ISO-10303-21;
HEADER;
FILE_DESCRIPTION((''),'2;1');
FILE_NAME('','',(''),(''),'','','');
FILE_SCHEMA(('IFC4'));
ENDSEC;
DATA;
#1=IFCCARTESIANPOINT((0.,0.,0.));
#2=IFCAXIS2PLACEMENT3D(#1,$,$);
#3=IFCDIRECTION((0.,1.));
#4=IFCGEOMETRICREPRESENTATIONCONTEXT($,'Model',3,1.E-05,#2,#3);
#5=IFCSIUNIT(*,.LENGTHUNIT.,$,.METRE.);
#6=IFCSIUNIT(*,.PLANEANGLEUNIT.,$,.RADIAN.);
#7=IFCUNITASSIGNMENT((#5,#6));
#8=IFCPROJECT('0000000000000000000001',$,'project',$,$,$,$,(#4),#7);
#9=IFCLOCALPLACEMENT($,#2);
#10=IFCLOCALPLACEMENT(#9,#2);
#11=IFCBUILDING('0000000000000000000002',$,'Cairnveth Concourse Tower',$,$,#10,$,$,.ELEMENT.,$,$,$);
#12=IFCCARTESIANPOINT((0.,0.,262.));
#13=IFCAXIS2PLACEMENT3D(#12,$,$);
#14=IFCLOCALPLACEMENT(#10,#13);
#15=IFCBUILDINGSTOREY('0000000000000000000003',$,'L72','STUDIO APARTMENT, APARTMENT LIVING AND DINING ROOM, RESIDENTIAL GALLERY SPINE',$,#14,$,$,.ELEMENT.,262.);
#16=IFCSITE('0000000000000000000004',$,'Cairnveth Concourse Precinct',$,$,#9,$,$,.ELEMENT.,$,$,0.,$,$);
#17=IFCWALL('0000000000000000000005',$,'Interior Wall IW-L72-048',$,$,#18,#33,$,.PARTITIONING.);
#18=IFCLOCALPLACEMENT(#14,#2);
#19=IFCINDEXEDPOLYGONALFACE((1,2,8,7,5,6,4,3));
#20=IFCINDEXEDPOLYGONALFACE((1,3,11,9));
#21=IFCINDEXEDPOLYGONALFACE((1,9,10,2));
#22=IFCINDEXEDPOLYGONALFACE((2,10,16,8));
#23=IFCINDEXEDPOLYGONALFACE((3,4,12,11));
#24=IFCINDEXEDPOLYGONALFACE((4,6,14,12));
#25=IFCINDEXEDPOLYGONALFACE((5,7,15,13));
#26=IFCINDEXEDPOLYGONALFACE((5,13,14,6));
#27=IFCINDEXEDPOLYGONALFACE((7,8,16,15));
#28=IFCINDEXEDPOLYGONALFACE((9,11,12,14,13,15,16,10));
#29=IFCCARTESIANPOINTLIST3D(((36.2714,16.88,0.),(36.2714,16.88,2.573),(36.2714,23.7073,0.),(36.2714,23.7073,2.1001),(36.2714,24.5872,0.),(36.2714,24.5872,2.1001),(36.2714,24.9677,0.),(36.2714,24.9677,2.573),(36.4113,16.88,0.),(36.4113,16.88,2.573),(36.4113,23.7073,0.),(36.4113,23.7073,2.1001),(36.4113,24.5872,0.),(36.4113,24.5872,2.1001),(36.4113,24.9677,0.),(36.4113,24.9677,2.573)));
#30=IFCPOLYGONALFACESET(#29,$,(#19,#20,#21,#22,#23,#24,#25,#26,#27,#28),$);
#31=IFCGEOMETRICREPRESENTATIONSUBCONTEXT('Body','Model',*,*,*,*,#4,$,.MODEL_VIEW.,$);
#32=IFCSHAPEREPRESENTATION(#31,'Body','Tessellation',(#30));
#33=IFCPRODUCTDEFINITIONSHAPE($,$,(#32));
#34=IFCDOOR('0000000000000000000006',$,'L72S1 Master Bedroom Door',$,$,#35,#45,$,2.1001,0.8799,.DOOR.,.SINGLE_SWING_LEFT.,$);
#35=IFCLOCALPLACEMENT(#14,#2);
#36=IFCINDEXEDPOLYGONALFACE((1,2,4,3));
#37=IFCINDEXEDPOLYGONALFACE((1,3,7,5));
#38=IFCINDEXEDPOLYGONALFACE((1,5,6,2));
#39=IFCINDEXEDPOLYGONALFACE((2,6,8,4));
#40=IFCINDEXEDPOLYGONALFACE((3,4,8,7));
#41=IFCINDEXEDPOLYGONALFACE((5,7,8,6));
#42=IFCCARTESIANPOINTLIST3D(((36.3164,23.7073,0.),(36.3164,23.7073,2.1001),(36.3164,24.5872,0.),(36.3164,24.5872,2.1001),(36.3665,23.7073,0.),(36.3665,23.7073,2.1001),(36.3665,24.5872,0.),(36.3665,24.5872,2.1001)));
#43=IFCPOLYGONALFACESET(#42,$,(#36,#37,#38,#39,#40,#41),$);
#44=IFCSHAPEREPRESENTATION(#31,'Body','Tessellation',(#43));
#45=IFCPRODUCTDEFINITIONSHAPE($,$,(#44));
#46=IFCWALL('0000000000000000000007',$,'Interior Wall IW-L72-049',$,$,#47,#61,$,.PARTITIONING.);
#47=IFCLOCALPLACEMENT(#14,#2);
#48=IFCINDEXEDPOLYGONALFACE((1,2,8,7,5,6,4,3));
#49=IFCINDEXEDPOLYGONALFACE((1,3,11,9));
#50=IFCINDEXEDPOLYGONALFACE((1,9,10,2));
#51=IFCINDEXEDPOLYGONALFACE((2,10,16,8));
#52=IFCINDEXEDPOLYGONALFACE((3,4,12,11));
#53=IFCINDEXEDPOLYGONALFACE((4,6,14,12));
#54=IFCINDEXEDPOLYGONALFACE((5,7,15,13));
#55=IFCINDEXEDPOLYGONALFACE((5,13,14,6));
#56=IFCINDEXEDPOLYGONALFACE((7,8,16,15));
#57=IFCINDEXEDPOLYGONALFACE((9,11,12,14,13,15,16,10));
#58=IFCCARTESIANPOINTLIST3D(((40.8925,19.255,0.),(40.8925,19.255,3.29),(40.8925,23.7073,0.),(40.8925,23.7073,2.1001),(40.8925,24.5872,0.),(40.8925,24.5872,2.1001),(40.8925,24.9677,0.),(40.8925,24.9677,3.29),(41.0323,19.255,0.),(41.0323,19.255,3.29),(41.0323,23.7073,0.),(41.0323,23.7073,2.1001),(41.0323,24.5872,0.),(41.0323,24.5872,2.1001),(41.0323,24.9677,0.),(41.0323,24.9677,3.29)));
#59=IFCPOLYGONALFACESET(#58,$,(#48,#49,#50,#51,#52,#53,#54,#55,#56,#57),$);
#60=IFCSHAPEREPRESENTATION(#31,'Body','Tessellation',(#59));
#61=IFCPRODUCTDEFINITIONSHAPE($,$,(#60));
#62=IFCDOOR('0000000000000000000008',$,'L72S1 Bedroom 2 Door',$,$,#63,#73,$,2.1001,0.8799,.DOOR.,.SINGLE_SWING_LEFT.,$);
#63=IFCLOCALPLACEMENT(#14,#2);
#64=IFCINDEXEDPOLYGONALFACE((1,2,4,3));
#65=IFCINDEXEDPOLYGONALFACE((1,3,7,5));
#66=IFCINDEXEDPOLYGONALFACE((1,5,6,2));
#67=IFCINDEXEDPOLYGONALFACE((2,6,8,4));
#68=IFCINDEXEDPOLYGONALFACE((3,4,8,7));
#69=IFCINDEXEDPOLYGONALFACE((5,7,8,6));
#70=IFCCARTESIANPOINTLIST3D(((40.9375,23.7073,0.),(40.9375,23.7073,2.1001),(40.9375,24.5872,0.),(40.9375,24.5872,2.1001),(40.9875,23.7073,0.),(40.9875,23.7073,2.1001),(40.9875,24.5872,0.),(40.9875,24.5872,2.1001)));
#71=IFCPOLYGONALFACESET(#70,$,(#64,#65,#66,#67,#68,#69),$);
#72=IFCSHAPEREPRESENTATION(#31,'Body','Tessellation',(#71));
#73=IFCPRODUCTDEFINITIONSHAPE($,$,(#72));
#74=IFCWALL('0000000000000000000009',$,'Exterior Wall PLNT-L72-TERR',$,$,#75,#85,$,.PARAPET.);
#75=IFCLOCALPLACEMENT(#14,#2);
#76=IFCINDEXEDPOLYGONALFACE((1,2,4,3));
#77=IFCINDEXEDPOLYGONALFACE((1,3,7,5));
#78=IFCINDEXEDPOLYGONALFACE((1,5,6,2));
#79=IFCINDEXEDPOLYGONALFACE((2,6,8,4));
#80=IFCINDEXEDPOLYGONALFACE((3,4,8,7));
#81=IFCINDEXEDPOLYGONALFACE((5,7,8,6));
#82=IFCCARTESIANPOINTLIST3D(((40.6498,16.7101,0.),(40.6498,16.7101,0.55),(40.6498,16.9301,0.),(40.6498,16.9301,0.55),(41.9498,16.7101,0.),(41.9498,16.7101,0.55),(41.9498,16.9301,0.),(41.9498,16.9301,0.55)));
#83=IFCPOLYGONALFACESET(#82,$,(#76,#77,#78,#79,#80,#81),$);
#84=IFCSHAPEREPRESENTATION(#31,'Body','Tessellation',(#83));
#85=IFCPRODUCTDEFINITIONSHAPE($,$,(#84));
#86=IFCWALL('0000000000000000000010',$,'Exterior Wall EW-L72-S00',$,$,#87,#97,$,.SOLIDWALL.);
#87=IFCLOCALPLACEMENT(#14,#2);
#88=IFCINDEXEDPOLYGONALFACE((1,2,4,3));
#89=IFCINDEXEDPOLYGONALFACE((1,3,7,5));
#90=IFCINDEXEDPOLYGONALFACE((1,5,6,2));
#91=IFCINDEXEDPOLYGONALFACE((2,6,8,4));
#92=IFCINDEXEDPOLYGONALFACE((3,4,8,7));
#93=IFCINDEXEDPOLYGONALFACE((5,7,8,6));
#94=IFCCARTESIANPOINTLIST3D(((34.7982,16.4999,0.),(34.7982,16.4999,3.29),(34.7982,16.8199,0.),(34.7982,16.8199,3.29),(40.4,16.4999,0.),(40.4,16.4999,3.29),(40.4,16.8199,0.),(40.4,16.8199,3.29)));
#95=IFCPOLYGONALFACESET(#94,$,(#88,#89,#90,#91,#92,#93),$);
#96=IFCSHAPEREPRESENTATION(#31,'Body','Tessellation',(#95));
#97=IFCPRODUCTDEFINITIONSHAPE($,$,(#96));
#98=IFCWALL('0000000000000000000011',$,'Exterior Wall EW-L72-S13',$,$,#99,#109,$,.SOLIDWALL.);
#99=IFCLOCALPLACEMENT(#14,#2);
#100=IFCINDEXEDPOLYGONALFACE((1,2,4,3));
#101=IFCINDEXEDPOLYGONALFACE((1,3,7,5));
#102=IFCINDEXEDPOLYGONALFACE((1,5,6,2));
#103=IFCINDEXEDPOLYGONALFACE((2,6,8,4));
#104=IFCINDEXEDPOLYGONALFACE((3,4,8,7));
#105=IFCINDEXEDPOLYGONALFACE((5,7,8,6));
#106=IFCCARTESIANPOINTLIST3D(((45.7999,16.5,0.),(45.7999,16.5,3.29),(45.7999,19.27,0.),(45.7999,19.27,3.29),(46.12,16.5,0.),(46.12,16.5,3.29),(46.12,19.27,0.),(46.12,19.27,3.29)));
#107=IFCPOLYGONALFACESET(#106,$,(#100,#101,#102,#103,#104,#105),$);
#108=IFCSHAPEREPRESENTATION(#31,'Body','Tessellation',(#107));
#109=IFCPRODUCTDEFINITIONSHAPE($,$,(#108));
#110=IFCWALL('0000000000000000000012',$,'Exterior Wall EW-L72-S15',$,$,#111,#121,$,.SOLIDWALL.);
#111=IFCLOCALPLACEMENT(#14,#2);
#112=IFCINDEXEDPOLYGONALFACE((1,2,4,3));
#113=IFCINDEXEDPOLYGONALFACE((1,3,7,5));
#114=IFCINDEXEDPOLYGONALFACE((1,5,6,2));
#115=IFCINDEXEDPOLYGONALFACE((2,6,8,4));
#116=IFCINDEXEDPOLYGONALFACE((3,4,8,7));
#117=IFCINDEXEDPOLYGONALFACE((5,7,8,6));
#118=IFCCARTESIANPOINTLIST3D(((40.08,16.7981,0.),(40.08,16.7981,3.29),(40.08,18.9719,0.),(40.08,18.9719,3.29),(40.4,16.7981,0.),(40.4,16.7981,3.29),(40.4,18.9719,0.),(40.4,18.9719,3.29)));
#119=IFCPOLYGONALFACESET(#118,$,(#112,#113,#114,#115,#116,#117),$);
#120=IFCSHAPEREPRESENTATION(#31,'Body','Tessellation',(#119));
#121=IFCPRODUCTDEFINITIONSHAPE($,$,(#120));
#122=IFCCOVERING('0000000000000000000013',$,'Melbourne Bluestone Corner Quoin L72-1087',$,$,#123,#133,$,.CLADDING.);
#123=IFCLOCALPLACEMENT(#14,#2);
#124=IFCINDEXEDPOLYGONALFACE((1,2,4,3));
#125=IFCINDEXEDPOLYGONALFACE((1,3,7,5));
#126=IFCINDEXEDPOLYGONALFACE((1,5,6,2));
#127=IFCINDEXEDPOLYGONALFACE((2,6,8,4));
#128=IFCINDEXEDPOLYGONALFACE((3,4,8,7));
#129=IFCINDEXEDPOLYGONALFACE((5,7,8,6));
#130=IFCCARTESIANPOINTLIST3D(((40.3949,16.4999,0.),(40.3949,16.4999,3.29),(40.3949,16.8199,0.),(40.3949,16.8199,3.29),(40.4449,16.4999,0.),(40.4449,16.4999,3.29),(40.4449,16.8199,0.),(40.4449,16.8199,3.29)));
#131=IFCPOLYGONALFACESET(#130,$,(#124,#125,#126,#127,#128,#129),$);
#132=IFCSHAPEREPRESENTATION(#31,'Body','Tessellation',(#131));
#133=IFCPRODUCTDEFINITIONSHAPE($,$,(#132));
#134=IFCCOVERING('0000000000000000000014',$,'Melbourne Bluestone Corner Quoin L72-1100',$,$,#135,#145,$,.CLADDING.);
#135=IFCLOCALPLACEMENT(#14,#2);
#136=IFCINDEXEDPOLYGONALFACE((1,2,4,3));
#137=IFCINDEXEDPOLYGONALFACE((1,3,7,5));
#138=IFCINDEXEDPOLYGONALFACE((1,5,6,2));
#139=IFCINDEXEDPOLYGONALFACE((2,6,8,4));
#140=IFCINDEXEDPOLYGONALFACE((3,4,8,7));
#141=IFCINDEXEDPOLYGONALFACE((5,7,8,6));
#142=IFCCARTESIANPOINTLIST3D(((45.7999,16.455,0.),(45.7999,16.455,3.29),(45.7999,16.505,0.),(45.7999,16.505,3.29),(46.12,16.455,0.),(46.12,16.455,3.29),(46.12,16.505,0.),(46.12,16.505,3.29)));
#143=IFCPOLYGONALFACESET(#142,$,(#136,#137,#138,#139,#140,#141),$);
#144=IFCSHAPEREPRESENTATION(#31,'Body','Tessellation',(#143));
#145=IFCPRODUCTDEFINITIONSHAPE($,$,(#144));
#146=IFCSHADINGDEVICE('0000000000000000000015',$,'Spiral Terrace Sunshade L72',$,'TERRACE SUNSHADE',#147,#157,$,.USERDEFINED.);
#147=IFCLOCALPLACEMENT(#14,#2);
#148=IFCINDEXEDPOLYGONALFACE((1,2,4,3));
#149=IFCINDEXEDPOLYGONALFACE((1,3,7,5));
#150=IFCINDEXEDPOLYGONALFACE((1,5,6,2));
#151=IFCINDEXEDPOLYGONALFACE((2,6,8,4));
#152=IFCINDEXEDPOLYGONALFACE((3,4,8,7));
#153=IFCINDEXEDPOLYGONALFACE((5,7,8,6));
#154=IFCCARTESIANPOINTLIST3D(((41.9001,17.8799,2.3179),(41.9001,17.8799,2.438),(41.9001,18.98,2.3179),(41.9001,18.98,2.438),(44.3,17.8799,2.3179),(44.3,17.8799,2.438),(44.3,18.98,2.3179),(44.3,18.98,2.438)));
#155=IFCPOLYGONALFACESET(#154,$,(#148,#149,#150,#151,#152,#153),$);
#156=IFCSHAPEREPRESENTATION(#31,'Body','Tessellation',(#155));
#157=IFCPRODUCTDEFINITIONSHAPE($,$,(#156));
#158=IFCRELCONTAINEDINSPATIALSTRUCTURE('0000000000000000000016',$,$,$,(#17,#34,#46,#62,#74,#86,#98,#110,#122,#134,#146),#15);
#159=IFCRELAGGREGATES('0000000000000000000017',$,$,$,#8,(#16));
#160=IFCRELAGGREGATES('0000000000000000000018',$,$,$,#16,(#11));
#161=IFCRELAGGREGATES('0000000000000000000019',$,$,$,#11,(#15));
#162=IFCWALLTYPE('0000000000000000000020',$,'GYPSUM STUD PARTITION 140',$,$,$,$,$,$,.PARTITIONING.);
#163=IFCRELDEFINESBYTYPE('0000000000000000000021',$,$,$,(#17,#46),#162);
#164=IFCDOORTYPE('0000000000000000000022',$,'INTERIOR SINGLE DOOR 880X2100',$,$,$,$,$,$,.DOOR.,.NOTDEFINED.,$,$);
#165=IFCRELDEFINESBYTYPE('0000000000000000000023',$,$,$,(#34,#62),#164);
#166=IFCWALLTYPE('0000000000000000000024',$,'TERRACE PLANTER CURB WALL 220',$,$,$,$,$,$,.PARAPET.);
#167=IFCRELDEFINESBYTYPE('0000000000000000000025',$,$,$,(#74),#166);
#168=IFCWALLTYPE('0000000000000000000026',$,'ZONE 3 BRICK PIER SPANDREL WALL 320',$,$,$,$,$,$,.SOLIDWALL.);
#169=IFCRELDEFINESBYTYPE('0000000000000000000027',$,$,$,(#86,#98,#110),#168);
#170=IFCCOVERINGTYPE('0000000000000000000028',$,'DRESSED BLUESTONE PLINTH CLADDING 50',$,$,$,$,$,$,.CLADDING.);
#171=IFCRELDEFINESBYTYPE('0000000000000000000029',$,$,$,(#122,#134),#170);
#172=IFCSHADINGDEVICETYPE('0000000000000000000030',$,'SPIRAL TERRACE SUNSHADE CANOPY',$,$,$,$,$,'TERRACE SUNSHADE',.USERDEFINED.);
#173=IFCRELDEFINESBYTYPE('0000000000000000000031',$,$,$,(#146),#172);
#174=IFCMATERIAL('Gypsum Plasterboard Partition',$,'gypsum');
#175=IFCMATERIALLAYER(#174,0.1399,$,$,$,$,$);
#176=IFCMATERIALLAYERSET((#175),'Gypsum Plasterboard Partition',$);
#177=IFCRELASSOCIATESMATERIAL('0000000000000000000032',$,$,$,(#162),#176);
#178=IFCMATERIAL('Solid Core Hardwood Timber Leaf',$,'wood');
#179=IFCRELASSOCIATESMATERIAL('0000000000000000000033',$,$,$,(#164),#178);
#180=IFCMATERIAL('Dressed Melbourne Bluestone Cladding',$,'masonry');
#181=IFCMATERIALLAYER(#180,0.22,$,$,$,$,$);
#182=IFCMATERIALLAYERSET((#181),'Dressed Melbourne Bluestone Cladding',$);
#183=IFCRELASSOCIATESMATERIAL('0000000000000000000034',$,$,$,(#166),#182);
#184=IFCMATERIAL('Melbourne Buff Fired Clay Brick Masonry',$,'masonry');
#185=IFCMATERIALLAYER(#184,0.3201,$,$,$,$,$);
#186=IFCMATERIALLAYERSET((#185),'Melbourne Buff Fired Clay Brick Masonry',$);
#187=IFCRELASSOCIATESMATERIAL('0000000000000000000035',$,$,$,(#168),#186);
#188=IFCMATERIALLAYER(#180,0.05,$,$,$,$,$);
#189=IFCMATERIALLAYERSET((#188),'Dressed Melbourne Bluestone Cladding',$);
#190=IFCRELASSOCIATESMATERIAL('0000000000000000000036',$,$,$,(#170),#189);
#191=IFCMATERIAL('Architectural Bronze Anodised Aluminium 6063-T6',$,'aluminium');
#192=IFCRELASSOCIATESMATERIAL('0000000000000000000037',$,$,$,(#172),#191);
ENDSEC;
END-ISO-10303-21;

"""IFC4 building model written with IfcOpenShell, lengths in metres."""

from ifc_helpers import new_model, si_unit, direction, frame, frame_2d, origin, origin_2d, place, context, subcontext, project, spatial, rectangle, extrude, material, layer, layer_set, type_object, element, fill, save


model = new_model("IFC4")

# Units and contexts
model_context = context("Model", 3, precision=1e-05, world=origin(), true_north=direction((0.0, 1.0)))
body_context = subcontext(model_context, "Body", "Model", "MODEL_VIEW")
ifc_project = project(units=[si_unit("LENGTHUNIT", "METRE"), si_unit("PLANEANGLEUNIT", "RADIAN")], contexts=[model_context])

# Site, building, storey
site_placement = place(None, origin())
site = spatial("IfcSite", under=ifc_project, at=site_placement, Name="Cairnveth Concourse Precinct", CompositionType="ELEMENT", RefElevation=0.0)
building_placement = place(site_placement, origin())
building = spatial("IfcBuilding", under=site, at=building_placement, Name="Cairnveth Concourse Tower", CompositionType="ELEMENT")
storey_placement = place(building_placement, frame((0.0, 0.0, 262.0)))
storey = spatial("IfcBuildingStorey", under=building, at=storey_placement, Name="L72", Description="STUDIO APARTMENT, APARTMENT LIVING AND DINING ROOM, RESIDENTIAL GALLERY SPINE", CompositionType="ELEMENT", Elevation=262.0)

# Shared definitions
ifc_material_1 = material(Name="Gypsum Plasterboard Partition", Category="gypsum")

# Walls, openings, doors
ifc_layer_1 = layer(ifc_material_1, 0.1399)
ifc_layer_set_1 = layer_set([ifc_layer_1], Name="Gypsum Plasterboard Partition")
wall_type_1 = type_object("IfcWallType", Name="GYPSUM STUD PARTITION 140", PredefinedType="PARTITIONING", material=ifc_layer_set_1)
wall_1_placement = place(storey_placement, frame((36.3413, 16.8799, 0.0), z_axis=(0.0, 0.0, 1.0), x_axis=(0.0, 1.0, 0.0)))
wall_1 = element("IfcWall", 1, at=wall_1_placement, inside=storey, type_object=wall_type_1, Name="Interior Wall IW-L72-048", PredefinedType="PARTITIONING", context=body_context, shape_type="SweptSolid", body=[
    extrude(rectangle(XDim=8.0876, YDim=0.1399, at=frame_2d((4.0439, 0.0))), origin(), (0.0, 0.0, 1.0), 2.573),
])
opening_1_placement = place(wall_1_placement, frame((6.8274, 0.0, 0.0)))
opening_1 = element("IfcOpeningElement", 2, at=opening_1_placement, cuts=wall_1, PredefinedType="OPENING", context=body_context, shape_type="SweptSolid", body=[
    extrude(rectangle(XDim=0.8799, YDim=2.1001, at=frame_2d((0.4399, 1.05))), frame((0.0, 0.0798, 0.0), z_axis=(0.0, -1.0, 0.0), x_axis=(1.0, 0.0, 0.0)), (0.0, 0.0, 1.0), 0.1599),
])
ifc_material_2 = material(Name="Solid Core Hardwood Timber Leaf", Category="wood")
door_type_1 = type_object("IfcDoorType", Name="INTERIOR SINGLE DOOR 880X2100", OperationType="NOTDEFINED", PredefinedType="DOOR", material=ifc_material_2)
door_1_placement = place(opening_1_placement, origin())
door_1 = element("IfcDoor", 3, at=door_1_placement, inside=storey, type_object=door_type_1, Name="L72S1 Master Bedroom Door", OperationType="SINGLE_SWING_LEFT", OverallHeight=2.1001, OverallWidth=0.8799, PredefinedType="DOOR", context=body_context, shape_type="SweptSolid", body=[
    extrude(rectangle(XDim=0.8799, YDim=2.1001, at=frame_2d((0.4399, 1.05))), frame((0.0, 0.0249, 0.0), z_axis=(0.0, -1.0, 0.0), x_axis=(1.0, 0.0, 0.0)), (0.0, 0.0, 1.0), 0.05),
])
fill(opening_1, door_1)
wall_2_placement = place(storey_placement, frame((40.9624, 19.2549, 0.0), z_axis=(0.0, 0.0, 1.0), x_axis=(0.0, 1.0, 0.0)))
wall_2 = element("IfcWall", 4, at=wall_2_placement, inside=storey, type_object=wall_type_1, Name="Interior Wall IW-L72-049", PredefinedType="PARTITIONING", context=body_context, shape_type="SweptSolid", body=[
    extrude(rectangle(XDim=5.7126, YDim=0.1399, at=frame_2d((2.8564, 0.0))), origin(), (0.0, 0.0, 1.0), 3.29),
])
opening_2_placement = place(wall_2_placement, frame((4.4524, 0.0, 0.0)))
opening_2 = element("IfcOpeningElement", 5, at=opening_2_placement, cuts=wall_2, PredefinedType="OPENING", context=body_context, shape_type="SweptSolid", body=[
    extrude(rectangle(XDim=0.8799, YDim=2.1001, at=frame_2d((0.4399, 1.05))), frame((0.0, 0.0798, 0.0), z_axis=(0.0, -1.0, 0.0), x_axis=(1.0, 0.0, 0.0)), (0.0, 0.0, 1.0), 0.1599),
])
door_2_placement = place(opening_2_placement, origin())
door_2 = element("IfcDoor", 6, at=door_2_placement, inside=storey, type_object=door_type_1, Name="L72S1 Bedroom 2 Door", OperationType="SINGLE_SWING_LEFT", OverallHeight=2.1001, OverallWidth=0.8799, PredefinedType="DOOR", context=body_context, shape_type="SweptSolid", body=[
    extrude(rectangle(XDim=0.8799, YDim=2.1001, at=frame_2d((0.4399, 1.05))), frame((0.0, 0.0249, 0.0), z_axis=(0.0, -1.0, 0.0), x_axis=(1.0, 0.0, 0.0)), (0.0, 0.0, 1.0), 0.05),
])
fill(opening_2, door_2)

# Walls
ifc_material_3 = material(Name="Dressed Melbourne Bluestone Cladding", Category="masonry")
ifc_layer_2 = layer(ifc_material_3, 0.22)
ifc_layer_set_2 = layer_set([ifc_layer_2], Name="Dressed Melbourne Bluestone Cladding")
wall_type_2 = type_object("IfcWallType", Name="TERRACE PLANTER CURB WALL 220", PredefinedType="PARAPET", material=ifc_layer_set_2)
wall_3_placement = place(storey_placement, frame((40.6499, 16.8201, 0.0), z_axis=(0.0, 0.0, 1.0), x_axis=(1.0, 0.0, 0.0)))
element("IfcWall", 7, at=wall_3_placement, inside=storey, type_object=wall_type_2, Name="Exterior Wall PLNT-L72-TERR", PredefinedType="PARAPET", context=body_context, shape_type="SweptSolid", body=[
    extrude(rectangle(XDim=1.3, YDim=0.22, at=frame_2d((0.6499, 0.0))), origin(), (0.0, 0.0, 1.0), 0.55),
])
ifc_material_4 = material(Name="Melbourne Buff Fired Clay Brick Masonry", Category="masonry")
ifc_layer_3 = layer(ifc_material_4, 0.3201)
ifc_layer_set_3 = layer_set([ifc_layer_3], Name="Melbourne Buff Fired Clay Brick Masonry")
wall_type_3 = type_object("IfcWallType", Name="ZONE 3 BRICK PIER SPANDREL WALL 320", PredefinedType="SOLIDWALL", material=ifc_layer_set_3)
wall_4_placement = place(storey_placement, frame((40.3999, 16.6599, 0.0), z_axis=(0.0, 0.0, 1.0), x_axis=(-1.0, 0.0, 0.0)))
element("IfcWall", 8, at=wall_4_placement, inside=storey, type_object=wall_type_3, Name="Exterior Wall EW-L72-S00", PredefinedType="SOLIDWALL", context=body_context, shape_type="SweptSolid", body=[
    extrude(rectangle(XDim=5.6018, YDim=0.3201, at=frame_2d((2.8008, 0.0))), origin(), (0.0, 0.0, 1.0), 3.29),
])
wall_5_placement = place(storey_placement, frame((45.96, 16.5, 0.0), z_axis=(0.0, 0.0, 1.0), x_axis=(0.0, 1.0, 0.0)))
element("IfcWall", 9, at=wall_5_placement, inside=storey, type_object=wall_type_3, Name="Exterior Wall EW-L72-S13", PredefinedType="SOLIDWALL", context=body_context, shape_type="SweptSolid", body=[
    extrude(rectangle(XDim=2.77, YDim=0.3201, at=frame_2d((1.385, 0.0))), origin(), (0.0, 0.0, 1.0), 3.29),
])

# Shared definitions
ifc_material_5 = material(Name="Architectural Bronze Anodised Aluminium 6063-T6", Category="aluminium")

# Wall
wall_6_placement = place(storey_placement, frame((40.24, 18.9719, 0.0), z_axis=(0.0, 0.0, 1.0), x_axis=(0.0, -1.0, 0.0)))
element("IfcWall", 10, at=wall_6_placement, inside=storey, type_object=wall_type_3, Name="Exterior Wall EW-L72-S15", PredefinedType="SOLIDWALL", context=body_context, shape_type="SweptSolid", body=[
    extrude(rectangle(XDim=2.1738, YDim=0.3201, at=frame_2d((1.0869, 0.0))), origin(), (0.0, 0.0, 1.0), 3.29),
])

# Coverings
ifc_layer_4 = layer(ifc_material_3, 0.05)
ifc_layer_set_4 = layer_set([ifc_layer_4], Name="Dressed Melbourne Bluestone Cladding")
covering_type = type_object("IfcCoveringType", Name="DRESSED BLUESTONE PLINTH CLADDING 50", PredefinedType="CLADDING", material=ifc_layer_set_4)
for number, where, z_axis, x_axis, name in (
    (11, (40.4199, 16.8201, 0.0), (0.0, 0.0, 1.0), (0.0, -1.0, 0.0), "Melbourne Bluestone Corner Quoin L72-1087"),
    (12, (46.1201, 16.48, 0.0), (0.0, 0.0, 1.0), (-1.0, 0.0, 0.0), "Melbourne Bluestone Corner Quoin L72-1100"),
):
    element("IfcCovering", number, at=place(storey_placement, frame(where, z_axis=z_axis, x_axis=x_axis)), inside=storey, type_object=covering_type, Name=name, PredefinedType="CLADDING", context=body_context, shape_type="SweptSolid", body=[
        extrude(rectangle(XDim=0.3201, YDim=0.05, at=frame_2d((0.1602, 0.0))), origin(), (0.0, 0.0, 1.0), 3.29),
    ])

# Shading device
shading_device_type = type_object("IfcShadingDeviceType", Name="SPIRAL TERRACE SUNSHADE CANOPY", ElementType="TERRACE SUNSHADE", PredefinedType="USERDEFINED", material=ifc_material_5)
shading_device_placement = place(storey_placement, frame((43.1001, 18.4299, 2.3179), z_axis=(0.0, 0.0, 1.0), x_axis=(1.0, 0.0, 0.0)))
element("IfcShadingDevice", 13, at=shading_device_placement, inside=storey, type_object=shading_device_type, Name="Spiral Terrace Sunshade L72", ObjectType="TERRACE SUNSHADE", PredefinedType="USERDEFINED", context=body_context, shape_type="SweptSolid", body=[
    extrude(rectangle(XDim=2.3999, YDim=1.1001, at=origin_2d()), origin(), (0.0, 0.0, 1.0), 0.1201),
])

save(model, "model.ifc")
